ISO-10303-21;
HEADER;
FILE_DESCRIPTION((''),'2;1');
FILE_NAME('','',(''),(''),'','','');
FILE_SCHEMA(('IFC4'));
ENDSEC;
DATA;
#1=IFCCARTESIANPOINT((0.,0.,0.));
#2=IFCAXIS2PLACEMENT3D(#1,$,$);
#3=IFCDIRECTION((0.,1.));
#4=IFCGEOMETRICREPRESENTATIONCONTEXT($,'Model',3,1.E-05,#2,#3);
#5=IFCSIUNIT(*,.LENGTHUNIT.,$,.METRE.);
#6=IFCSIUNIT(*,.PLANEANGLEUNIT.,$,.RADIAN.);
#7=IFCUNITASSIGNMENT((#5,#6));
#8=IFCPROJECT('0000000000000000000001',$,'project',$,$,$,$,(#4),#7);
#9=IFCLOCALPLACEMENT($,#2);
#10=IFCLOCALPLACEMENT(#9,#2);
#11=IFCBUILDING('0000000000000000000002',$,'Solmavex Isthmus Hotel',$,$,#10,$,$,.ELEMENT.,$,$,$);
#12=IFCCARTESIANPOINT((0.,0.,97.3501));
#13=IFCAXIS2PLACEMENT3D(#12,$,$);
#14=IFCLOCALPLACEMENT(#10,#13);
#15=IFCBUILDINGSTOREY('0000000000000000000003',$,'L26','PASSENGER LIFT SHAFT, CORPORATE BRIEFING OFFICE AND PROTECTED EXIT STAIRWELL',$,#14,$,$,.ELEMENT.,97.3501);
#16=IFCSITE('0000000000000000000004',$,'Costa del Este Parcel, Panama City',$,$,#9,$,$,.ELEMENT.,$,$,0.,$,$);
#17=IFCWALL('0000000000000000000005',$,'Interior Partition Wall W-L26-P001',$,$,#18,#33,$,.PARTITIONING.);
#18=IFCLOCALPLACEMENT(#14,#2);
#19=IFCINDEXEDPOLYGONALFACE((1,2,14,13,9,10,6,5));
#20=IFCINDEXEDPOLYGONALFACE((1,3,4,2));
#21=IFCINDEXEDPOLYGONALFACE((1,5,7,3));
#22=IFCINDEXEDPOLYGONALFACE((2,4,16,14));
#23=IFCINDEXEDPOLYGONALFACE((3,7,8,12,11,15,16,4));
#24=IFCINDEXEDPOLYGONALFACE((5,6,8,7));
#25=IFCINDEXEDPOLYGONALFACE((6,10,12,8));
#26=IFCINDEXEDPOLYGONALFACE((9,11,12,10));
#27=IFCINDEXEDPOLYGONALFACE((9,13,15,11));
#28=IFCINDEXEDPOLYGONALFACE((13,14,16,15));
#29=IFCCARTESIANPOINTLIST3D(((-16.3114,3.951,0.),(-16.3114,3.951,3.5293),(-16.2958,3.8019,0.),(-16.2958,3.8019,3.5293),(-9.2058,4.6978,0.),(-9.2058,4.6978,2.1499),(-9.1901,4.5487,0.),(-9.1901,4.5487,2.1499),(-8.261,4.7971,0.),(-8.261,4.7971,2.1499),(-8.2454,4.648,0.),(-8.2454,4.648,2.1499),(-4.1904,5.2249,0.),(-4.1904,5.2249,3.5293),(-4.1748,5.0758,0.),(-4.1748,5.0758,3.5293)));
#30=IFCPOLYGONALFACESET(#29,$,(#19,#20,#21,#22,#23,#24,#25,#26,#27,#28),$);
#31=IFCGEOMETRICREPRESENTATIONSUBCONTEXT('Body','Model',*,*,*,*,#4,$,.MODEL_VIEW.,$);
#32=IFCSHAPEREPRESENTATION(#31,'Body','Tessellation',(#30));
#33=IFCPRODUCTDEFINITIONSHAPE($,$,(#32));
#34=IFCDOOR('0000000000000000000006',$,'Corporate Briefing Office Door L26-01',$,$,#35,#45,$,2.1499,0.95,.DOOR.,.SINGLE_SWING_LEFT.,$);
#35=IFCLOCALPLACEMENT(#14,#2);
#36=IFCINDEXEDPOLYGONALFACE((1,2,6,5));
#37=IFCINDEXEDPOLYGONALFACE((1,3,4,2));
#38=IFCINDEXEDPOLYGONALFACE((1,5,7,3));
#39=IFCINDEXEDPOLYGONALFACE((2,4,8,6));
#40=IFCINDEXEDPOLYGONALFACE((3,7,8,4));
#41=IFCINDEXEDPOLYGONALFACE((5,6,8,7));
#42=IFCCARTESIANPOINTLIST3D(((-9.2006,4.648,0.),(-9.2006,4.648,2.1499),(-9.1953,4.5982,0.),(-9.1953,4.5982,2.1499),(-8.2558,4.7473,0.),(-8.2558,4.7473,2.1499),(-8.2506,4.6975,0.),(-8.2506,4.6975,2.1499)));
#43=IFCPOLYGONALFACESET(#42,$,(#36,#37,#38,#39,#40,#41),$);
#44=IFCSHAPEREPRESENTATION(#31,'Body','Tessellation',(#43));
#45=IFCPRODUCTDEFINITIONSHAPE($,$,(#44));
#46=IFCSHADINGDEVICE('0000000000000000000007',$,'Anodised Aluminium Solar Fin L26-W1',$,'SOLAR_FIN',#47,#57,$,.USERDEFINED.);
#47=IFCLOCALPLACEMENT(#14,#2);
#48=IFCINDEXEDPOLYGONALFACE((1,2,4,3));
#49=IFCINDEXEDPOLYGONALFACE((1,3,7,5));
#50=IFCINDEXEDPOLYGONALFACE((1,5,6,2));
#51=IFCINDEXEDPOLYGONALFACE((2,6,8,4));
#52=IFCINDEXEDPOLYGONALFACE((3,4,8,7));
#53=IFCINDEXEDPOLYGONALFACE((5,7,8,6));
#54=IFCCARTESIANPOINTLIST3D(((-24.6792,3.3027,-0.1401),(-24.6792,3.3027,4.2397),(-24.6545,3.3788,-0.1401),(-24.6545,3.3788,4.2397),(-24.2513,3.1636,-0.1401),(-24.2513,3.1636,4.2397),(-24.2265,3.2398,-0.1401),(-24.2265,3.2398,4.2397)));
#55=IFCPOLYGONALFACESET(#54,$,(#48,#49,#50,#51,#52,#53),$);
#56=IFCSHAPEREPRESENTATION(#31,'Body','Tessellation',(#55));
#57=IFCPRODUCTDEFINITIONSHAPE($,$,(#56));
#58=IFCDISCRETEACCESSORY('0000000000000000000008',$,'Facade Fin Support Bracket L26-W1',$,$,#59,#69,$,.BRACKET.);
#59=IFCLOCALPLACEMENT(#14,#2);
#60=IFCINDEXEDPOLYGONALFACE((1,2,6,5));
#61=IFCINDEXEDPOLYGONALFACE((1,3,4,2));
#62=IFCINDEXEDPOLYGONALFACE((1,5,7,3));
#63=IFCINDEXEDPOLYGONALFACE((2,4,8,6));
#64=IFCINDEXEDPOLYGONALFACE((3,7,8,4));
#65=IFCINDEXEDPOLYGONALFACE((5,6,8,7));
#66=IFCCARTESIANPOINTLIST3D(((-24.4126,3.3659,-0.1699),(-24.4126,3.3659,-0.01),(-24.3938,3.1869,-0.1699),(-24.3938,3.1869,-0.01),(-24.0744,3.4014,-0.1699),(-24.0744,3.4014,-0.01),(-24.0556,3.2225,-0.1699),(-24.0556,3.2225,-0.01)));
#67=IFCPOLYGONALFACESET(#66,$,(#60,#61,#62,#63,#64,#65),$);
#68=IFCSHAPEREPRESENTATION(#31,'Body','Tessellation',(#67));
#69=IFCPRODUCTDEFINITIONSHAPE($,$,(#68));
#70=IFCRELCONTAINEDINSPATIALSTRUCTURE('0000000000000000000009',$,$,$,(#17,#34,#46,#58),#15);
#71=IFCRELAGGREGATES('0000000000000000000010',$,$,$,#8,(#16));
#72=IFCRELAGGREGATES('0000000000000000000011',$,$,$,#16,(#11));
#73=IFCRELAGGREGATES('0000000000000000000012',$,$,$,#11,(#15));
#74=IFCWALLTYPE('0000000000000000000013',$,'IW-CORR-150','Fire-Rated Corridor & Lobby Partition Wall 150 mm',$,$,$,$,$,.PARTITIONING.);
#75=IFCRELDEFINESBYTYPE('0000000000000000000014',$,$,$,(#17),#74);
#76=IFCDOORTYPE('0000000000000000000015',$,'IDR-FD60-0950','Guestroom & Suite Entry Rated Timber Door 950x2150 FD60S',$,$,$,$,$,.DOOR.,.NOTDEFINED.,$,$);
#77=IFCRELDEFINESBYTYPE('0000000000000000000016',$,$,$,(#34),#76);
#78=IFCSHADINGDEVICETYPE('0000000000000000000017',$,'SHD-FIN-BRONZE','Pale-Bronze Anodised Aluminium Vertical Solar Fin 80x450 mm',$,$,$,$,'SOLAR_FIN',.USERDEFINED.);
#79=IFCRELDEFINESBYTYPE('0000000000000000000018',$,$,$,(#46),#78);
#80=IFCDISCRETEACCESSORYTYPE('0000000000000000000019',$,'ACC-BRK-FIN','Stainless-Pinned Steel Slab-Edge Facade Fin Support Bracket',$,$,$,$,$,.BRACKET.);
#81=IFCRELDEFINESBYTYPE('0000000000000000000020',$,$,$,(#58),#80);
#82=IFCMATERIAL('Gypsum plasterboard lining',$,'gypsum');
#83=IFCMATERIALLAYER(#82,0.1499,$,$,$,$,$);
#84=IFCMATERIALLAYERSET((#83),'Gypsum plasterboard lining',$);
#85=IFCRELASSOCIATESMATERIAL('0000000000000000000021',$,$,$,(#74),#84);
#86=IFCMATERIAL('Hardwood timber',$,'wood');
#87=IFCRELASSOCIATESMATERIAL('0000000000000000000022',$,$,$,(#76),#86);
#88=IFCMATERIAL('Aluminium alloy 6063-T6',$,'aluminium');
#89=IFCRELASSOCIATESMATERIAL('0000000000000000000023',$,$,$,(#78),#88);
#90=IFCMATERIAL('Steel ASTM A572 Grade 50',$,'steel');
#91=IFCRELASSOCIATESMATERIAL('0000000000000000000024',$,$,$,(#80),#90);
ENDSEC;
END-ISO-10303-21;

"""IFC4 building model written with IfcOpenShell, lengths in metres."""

from ifc_helpers import new_model, si_unit, direction, frame, frame_2d, origin, origin_2d, place, context, subcontext, project, spatial, rectangle, extrude, material, layer, layer_set, type_object, element, fill, save


model = new_model("IFC4")

# Units and contexts
model_context = context("Model", 3, precision=1e-05, world=origin(), true_north=direction((0.0, 1.0)))
body_context = subcontext(model_context, "Body", "Model", "MODEL_VIEW")
ifc_project = project(units=[si_unit("LENGTHUNIT", "METRE"), si_unit("PLANEANGLEUNIT", "RADIAN")], contexts=[model_context])

# Site, building, storey
site_placement = place(None, origin())
site = spatial("IfcSite", under=ifc_project, at=site_placement, Name="Costa del Este Parcel, Panama City", CompositionType="ELEMENT", RefElevation=0.0)
building_placement = place(site_placement, origin())
building = spatial("IfcBuilding", under=site, at=building_placement, Name="Solmavex Isthmus Hotel", CompositionType="ELEMENT")
storey_placement = place(building_placement, frame((0.0, 0.0, 97.3501)))
storey = spatial("IfcBuildingStorey", under=building, at=storey_placement, Name="L26", Description="PASSENGER LIFT SHAFT, CORPORATE BRIEFING OFFICE AND PROTECTED EXIT STAIRWELL", CompositionType="ELEMENT", Elevation=97.3501)

# Shared definitions
ifc_material_1 = material(Name="Aluminium alloy 6063-T6", Category="aluminium")

# Shared definitions
ifc_material_2 = material(Name="Gypsum plasterboard lining", Category="gypsum")

# Wall, opening, door
ifc_layer_1 = layer(ifc_material_2, 0.1499)
ifc_layer_set_1 = layer_set([ifc_layer_1], Name="Gypsum plasterboard lining")
wall_type_1 = type_object("IfcWallType", Name="IW-CORR-150", Description="Fire-Rated Corridor & Lobby Partition Wall 150 mm", PredefinedType="PARTITIONING", material=ifc_layer_set_1)
wall_1_placement = place(storey_placement, frame((-16.3035, 3.8765, 0.0), z_axis=(0.0, 0.0, 1.0), x_axis=(0.994522, 0.104524, 0.0)))
wall_1 = element("IfcWall", 1, at=wall_1_placement, inside=storey, type_object=wall_type_1, Name="Interior Partition Wall W-L26-P001", PredefinedType="PARTITIONING", context=body_context, shape_type="SweptSolid", body=[
    extrude(rectangle(XDim=12.1877, YDim=0.1499, at=frame_2d((6.0938, 0.0))), origin(), (0.0, 0.0, 1.0), 3.5293),
])
opening_1_placement = place(wall_1_placement, frame((7.1445, 0.0, 0.0)))
opening_1 = element("IfcOpeningElement", 2, at=opening_1_placement, cuts=wall_1, PredefinedType="OPENING", context=body_context, shape_type="SweptSolid", body=[
    extrude(rectangle(XDim=0.95, YDim=2.1499, at=frame_2d((0.4751, 1.075))), frame((0.0, 0.085, 0.0), z_axis=(0.0, -1.0, 0.0), x_axis=(1.0, 0.0, 0.0)), (0.0, 0.0, 1.0), 0.1699),
])
ifc_material_3 = material(Name="Hardwood timber", Category="wood")
door_type = type_object("IfcDoorType", Name="IDR-FD60-0950", Description="Guestroom & Suite Entry Rated Timber Door 950x2150 FD60S", OperationType="NOTDEFINED", PredefinedType="DOOR", material=ifc_material_3)
door_1_placement = place(opening_1_placement, origin())
door_1 = element("IfcDoor", 3, at=door_1_placement, inside=storey, type_object=door_type, Name="Corporate Briefing Office Door L26-01", OperationType="SINGLE_SWING_LEFT", OverallHeight=2.1499, OverallWidth=0.95, PredefinedType="DOOR", context=body_context, shape_type="SweptSolid", body=[
    extrude(rectangle(XDim=0.95, YDim=2.1499, at=frame_2d((0.4751, 1.075))), frame((0.0, 0.0249, 0.0), z_axis=(0.0, -1.0, 0.0), x_axis=(1.0, 0.0, 0.0)), (0.0, 0.0, 1.0), 0.05),
])
fill(opening_1, door_1)

# Shading device
shading_device_type = type_object("IfcShadingDeviceType", Name="SHD-FIN-BRONZE", Description="Pale-Bronze Anodised Aluminium Vertical Solar Fin 80x450 mm", ElementType="SOLAR_FIN", PredefinedType="USERDEFINED", material=ifc_material_1)
shading_device_placement = place(storey_placement, frame((-24.4529, 3.2712, -0.1401), z_axis=(0.0, 0.0, 1.0), x_axis=(-0.951057, 0.309017, 0.0)))
element("IfcShadingDevice", 4, at=shading_device_placement, inside=storey, type_object=shading_device_type, Name="Anodised Aluminium Solar Fin L26-W1", ObjectType="SOLAR_FIN", PredefinedType="USERDEFINED", context=body_context, shape_type="SweptSolid", body=[
    extrude(rectangle(XDim=0.45, YDim=0.0801, at=origin_2d()), origin(), (0.0, 0.0, 1.0), 4.3799),
])

# Discrete accessory
ifc_material_4 = material(Name="Steel ASTM A572 Grade 50", Category="steel")
discrete_accessory_type = type_object("IfcDiscreteAccessoryType", Name="ACC-BRK-FIN", Description="Stainless-Pinned Steel Slab-Edge Facade Fin Support Bracket", PredefinedType="BRACKET", material=ifc_material_4)
discrete_accessory_placement = place(storey_placement, frame((-24.2341, 3.2942, -0.1699), z_axis=(0.0, 0.0, 1.0), x_axis=(-0.994522, -0.104528, 0.0)))
element("IfcDiscreteAccessory", 5, at=discrete_accessory_placement, inside=storey, type_object=discrete_accessory_type, Name="Facade Fin Support Bracket L26-W1", PredefinedType="BRACKET", context=body_context, shape_type="SweptSolid", body=[
    extrude(rectangle(XDim=0.3401, YDim=0.1799, at=origin_2d()), origin(), (0.0, 0.0, 1.0), 0.1599),
])

save(model, "model.ifc")
